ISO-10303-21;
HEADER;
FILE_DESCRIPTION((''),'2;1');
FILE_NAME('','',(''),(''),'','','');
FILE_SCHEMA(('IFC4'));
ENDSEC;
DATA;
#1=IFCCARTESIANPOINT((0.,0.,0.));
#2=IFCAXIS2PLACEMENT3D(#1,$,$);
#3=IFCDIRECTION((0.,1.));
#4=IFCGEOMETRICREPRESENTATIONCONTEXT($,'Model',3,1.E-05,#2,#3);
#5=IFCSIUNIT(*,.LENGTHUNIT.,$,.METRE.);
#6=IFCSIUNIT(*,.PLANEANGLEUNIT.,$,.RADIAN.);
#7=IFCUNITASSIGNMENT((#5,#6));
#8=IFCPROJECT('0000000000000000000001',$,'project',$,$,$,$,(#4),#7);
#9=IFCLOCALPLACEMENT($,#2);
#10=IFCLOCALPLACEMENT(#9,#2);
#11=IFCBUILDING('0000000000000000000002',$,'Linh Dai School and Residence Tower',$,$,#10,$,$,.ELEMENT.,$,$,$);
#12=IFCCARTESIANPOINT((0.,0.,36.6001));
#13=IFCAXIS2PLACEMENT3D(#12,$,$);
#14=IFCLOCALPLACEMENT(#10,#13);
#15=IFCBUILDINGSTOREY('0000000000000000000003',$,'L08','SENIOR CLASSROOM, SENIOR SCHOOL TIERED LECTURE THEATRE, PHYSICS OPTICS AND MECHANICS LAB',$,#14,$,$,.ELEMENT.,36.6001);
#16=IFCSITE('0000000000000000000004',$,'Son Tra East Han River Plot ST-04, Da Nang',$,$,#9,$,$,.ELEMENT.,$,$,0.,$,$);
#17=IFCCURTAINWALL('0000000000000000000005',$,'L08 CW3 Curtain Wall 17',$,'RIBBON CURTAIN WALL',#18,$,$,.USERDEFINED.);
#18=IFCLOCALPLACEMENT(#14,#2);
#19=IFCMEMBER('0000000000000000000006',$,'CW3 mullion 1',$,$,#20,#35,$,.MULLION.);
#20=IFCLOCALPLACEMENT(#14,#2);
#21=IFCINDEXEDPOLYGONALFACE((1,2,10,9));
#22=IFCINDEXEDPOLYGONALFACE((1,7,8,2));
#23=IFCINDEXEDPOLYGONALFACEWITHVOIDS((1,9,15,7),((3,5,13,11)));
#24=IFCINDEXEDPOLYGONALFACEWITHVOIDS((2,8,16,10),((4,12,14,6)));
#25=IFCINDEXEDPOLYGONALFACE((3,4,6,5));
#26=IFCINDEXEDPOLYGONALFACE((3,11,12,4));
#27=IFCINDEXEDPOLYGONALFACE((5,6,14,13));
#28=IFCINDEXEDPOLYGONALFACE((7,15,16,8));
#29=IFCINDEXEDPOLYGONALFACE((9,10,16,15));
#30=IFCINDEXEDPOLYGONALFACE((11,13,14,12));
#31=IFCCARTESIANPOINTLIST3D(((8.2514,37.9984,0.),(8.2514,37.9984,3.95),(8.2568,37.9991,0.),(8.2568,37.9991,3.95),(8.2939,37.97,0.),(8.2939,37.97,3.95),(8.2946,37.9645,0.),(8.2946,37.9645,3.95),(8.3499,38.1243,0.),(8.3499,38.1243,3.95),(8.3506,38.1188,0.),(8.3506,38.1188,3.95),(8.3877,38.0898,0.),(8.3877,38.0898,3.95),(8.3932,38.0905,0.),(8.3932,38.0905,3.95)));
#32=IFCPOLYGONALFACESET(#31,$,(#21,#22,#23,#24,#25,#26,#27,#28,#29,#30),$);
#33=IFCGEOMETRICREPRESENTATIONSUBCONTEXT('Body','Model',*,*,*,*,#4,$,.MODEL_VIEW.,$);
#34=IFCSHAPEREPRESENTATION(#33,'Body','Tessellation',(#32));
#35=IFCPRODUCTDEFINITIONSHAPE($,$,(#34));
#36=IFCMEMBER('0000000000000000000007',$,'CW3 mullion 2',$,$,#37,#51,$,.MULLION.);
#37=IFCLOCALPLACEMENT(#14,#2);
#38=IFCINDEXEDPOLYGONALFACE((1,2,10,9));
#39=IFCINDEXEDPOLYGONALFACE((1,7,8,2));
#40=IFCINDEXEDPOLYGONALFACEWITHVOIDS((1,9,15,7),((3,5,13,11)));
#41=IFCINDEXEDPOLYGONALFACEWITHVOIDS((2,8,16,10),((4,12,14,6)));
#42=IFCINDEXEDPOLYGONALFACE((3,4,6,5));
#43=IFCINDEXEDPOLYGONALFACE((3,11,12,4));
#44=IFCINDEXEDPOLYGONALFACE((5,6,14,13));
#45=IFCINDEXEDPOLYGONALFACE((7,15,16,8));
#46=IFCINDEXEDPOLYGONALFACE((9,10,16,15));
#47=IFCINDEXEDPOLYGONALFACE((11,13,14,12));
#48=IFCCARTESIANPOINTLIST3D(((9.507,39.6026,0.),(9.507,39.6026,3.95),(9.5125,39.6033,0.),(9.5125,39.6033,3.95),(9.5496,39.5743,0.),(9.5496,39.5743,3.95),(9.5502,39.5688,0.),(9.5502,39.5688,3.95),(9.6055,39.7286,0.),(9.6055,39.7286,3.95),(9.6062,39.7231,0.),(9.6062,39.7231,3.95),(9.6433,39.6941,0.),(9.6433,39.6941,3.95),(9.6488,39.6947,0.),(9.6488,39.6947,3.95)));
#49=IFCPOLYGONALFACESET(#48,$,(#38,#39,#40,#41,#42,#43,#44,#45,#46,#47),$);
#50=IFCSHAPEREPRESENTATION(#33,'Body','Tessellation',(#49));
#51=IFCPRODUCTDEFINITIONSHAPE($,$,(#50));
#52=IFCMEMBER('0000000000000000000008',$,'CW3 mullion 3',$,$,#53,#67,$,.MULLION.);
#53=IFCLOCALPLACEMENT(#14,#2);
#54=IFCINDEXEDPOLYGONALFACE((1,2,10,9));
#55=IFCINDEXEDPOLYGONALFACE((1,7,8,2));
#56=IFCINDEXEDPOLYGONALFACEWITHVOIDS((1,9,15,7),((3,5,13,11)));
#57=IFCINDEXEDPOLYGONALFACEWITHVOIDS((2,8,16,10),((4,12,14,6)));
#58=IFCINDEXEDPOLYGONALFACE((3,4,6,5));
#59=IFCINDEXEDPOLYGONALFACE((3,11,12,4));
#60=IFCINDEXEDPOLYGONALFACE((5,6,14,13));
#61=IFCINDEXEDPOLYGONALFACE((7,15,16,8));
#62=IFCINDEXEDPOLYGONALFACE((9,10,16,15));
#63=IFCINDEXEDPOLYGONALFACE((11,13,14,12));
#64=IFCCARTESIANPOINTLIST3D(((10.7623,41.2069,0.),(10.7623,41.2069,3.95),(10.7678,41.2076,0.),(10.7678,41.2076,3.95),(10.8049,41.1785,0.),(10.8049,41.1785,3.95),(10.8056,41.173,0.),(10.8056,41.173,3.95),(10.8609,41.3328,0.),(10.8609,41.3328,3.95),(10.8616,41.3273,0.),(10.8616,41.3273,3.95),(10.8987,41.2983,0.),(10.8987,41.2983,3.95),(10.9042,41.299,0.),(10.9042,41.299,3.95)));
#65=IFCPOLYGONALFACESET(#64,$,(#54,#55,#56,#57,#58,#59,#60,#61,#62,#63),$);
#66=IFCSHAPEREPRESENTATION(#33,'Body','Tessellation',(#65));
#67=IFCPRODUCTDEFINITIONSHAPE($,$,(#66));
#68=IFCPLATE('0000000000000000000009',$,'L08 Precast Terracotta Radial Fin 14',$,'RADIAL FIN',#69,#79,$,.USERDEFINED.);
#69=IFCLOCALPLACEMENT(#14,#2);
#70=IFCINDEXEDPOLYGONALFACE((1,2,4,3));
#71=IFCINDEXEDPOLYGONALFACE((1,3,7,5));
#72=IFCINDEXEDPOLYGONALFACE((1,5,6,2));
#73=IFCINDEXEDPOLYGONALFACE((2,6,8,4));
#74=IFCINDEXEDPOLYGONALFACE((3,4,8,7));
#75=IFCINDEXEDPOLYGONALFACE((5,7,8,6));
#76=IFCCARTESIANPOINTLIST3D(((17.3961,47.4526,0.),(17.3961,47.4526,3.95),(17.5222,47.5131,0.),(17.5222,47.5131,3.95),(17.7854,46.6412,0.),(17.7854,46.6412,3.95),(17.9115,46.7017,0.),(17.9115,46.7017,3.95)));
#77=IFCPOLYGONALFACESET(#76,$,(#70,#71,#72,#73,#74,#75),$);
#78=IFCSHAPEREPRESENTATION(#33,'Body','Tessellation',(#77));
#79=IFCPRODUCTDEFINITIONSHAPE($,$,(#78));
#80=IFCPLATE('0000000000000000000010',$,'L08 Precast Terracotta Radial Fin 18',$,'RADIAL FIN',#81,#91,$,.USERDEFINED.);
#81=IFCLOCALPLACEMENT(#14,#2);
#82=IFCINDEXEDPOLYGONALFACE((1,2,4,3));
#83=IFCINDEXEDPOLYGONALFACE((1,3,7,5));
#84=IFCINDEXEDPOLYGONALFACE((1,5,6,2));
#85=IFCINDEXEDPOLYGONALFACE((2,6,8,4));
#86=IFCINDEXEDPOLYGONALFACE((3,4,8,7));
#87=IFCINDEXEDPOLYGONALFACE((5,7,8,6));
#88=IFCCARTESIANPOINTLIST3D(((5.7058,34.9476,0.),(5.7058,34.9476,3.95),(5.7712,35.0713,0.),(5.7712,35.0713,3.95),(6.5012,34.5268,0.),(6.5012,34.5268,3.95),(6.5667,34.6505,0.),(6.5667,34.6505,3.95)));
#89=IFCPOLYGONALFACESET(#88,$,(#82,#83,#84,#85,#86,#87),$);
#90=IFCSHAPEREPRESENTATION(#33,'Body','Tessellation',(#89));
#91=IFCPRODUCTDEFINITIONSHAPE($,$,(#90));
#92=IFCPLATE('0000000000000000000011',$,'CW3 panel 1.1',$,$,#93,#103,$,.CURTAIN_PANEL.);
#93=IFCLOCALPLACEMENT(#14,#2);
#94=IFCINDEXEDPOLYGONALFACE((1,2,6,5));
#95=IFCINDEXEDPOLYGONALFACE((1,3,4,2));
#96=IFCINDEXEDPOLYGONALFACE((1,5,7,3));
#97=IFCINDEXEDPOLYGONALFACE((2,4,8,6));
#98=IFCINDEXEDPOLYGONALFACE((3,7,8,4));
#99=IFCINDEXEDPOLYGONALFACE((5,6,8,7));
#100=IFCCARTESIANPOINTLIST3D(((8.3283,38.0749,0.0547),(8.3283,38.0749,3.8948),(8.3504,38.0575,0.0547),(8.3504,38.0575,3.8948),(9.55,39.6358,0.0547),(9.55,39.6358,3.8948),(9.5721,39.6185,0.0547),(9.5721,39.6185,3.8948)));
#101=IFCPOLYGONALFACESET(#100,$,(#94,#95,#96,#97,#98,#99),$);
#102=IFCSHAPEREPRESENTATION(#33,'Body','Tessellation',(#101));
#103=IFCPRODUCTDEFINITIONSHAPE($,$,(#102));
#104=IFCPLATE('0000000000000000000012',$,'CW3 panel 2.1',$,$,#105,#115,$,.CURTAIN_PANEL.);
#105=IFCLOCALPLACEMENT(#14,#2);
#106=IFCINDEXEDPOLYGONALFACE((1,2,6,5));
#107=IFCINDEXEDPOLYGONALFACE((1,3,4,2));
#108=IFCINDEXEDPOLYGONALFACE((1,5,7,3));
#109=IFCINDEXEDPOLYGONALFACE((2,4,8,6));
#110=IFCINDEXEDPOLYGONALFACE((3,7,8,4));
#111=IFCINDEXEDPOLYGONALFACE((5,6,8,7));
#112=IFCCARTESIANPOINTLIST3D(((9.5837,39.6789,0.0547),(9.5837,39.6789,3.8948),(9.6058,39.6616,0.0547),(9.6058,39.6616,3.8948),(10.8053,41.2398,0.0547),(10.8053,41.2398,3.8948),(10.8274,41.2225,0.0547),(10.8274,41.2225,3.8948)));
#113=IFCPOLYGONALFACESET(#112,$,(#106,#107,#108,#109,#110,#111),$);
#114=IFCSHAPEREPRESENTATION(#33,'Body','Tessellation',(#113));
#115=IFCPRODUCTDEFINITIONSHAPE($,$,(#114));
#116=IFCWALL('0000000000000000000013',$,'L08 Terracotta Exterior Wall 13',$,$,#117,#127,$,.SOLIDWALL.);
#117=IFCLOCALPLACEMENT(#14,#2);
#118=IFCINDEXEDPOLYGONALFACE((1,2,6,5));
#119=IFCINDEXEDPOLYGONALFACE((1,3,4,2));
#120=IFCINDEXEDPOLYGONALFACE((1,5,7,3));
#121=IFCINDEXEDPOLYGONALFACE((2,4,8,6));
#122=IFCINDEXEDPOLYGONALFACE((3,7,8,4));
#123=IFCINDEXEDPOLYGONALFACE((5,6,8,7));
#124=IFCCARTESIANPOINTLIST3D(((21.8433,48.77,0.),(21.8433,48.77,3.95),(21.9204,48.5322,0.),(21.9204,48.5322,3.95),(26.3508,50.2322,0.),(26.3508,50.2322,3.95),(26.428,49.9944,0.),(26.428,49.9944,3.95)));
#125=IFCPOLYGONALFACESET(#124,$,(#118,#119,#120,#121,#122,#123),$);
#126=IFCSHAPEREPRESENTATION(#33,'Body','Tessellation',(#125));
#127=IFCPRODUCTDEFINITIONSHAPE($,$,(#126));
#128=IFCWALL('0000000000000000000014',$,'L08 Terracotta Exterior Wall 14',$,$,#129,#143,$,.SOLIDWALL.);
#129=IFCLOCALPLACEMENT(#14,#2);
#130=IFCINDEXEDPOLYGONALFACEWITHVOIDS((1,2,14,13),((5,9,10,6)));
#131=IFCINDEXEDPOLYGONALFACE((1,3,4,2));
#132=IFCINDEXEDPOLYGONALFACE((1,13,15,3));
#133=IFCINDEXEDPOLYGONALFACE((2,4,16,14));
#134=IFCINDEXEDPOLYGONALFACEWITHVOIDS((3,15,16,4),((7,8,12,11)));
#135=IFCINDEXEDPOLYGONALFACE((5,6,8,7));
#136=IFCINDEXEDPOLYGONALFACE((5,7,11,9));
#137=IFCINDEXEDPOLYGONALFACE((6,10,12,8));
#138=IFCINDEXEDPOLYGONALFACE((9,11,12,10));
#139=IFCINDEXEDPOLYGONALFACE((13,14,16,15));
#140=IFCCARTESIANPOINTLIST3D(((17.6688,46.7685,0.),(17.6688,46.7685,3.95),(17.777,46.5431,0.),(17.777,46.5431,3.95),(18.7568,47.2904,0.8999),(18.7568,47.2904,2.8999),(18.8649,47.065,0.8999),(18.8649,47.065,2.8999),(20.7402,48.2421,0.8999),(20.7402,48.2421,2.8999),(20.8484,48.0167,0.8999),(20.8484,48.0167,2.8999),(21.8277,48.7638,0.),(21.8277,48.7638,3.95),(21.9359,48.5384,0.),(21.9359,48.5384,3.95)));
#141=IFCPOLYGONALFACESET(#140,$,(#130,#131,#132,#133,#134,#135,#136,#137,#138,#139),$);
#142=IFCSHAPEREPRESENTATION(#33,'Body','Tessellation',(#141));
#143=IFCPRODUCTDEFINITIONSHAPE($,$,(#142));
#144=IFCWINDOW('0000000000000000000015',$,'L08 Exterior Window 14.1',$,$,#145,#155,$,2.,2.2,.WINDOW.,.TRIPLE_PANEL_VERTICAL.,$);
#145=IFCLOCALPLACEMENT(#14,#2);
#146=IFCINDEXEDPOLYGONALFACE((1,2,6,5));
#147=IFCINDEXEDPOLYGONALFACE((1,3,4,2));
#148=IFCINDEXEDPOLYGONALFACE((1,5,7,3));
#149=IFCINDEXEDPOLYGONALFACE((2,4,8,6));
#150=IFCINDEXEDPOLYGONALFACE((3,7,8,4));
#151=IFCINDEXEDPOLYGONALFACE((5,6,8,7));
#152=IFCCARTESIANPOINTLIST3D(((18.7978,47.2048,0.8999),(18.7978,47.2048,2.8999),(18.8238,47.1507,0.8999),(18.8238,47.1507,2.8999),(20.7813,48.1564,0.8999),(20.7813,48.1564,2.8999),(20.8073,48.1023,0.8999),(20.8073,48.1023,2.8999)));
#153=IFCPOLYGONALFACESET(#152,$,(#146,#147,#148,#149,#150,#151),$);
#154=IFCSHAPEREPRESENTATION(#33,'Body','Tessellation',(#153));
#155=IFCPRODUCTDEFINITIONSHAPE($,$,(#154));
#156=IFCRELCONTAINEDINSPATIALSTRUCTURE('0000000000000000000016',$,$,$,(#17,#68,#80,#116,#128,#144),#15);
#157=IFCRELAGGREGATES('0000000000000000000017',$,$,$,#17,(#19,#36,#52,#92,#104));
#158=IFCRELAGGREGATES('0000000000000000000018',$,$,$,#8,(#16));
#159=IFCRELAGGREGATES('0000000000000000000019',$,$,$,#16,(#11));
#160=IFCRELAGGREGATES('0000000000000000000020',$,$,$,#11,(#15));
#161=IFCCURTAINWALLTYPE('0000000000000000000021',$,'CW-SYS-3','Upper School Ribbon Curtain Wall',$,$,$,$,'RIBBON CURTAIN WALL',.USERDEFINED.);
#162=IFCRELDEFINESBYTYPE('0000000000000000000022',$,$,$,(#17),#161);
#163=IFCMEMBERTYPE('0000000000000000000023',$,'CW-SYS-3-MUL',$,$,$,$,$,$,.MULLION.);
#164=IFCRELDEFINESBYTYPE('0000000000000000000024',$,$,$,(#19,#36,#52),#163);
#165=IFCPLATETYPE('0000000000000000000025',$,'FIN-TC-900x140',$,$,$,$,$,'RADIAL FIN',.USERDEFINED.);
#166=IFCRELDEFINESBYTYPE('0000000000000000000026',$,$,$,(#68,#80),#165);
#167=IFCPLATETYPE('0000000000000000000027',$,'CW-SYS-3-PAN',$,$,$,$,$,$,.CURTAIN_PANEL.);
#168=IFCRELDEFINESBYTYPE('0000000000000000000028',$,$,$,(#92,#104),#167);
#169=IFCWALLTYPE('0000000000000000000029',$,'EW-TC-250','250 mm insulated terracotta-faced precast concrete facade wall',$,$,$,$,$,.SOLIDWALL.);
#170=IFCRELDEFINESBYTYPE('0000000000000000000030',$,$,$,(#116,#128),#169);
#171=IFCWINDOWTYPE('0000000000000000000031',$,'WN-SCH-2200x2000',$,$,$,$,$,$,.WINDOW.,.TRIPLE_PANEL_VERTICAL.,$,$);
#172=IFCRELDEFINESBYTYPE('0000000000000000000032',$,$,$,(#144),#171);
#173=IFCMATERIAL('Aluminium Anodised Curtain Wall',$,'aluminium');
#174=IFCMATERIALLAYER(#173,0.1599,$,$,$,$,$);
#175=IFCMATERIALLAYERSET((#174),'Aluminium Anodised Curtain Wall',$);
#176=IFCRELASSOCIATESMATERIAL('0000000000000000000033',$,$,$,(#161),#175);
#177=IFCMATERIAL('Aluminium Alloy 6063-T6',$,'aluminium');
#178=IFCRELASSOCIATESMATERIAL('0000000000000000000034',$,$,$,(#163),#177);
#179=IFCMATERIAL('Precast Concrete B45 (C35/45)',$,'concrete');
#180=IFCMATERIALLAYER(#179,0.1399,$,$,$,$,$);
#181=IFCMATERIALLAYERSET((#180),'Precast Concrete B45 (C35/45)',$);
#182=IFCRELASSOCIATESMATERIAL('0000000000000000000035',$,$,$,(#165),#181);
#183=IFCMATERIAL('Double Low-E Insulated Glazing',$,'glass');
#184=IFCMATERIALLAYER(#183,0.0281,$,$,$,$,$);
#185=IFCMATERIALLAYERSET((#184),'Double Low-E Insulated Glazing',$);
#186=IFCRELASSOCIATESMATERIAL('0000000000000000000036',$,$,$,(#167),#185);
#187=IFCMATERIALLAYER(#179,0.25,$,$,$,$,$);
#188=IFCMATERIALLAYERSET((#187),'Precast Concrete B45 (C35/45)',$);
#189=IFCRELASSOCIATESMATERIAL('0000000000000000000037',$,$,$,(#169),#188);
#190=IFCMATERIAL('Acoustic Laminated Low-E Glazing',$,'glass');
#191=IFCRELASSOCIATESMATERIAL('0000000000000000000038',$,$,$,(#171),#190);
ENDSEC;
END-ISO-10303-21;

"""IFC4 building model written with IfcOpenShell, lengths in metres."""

from ifc_helpers import new_model, si_unit, direction, frame, frame_2d, origin, origin_2d, place, context, subcontext, project, spatial, rectangle, hollow_rectangle, extrude, source, transform, mapped, material, layer, layer_set, material_profile, profile_set, type_object, element, fill, aggregate, save


model = new_model("IFC4")

# Units and contexts
model_context = context("Model", 3, precision=1e-05, world=origin(), true_north=direction((0.0, 1.0)))
body_context = subcontext(model_context, "Body", "Model", "MODEL_VIEW")
ifc_project = project(units=[si_unit("LENGTHUNIT", "METRE"), si_unit("PLANEANGLEUNIT", "RADIAN")], contexts=[model_context])

# Site, building, storey
site_placement = place(None, origin())
site = spatial("IfcSite", under=ifc_project, at=site_placement, Name="Son Tra East Han River Plot ST-04, Da Nang", CompositionType="ELEMENT", RefElevation=0.0)
building_placement = place(site_placement, origin())
building = spatial("IfcBuilding", under=site, at=building_placement, Name="Linh Dai School and Residence Tower", CompositionType="ELEMENT")
storey_placement = place(building_placement, frame((0.0, 0.0, 36.6001)))
storey = spatial("IfcBuildingStorey", under=building, at=storey_placement, Name="L08", Description="SENIOR CLASSROOM, SENIOR SCHOOL TIERED LECTURE THEATRE, PHYSICS OPTICS AND MECHANICS LAB", CompositionType="ELEMENT", Elevation=36.6001)

# Curtain wall, members
ifc_material_1 = material(Name="Aluminium Anodised Curtain Wall", Category="aluminium")
ifc_layer_1 = layer(ifc_material_1, 0.1599)
ifc_layer_set_1 = layer_set([ifc_layer_1], Name="Aluminium Anodised Curtain Wall")
curtain_wall_type = type_object("IfcCurtainWallType", Name="CW-SYS-3", Description="Upper School Ribbon Curtain Wall", ElementType="RIBBON CURTAIN WALL", PredefinedType="USERDEFINED", material=ifc_layer_set_1)
curtain_wall_placement = place(storey_placement, origin())
curtain_wall = element("IfcCurtainWall", 1, at=curtain_wall_placement, inside=storey, type_object=curtain_wall_type, Name="L08 CW3 Curtain Wall 17", ObjectType="RIBBON CURTAIN WALL", PredefinedType="USERDEFINED")
ifc_material_2 = material(Name="Aluminium Alloy 6063-T6", Category="aluminium")
ifc_material_profile_1 = material_profile(ifc_material_2, hollow_rectangle(XDim=0.0549, YDim=0.1599, WallThickness=0.0039, at=origin_2d()), Name="RHS 160x55x4")
ifc_profile_set_1 = profile_set([ifc_material_profile_1], Name="Aluminium Alloy 6063-T6")
member_type_1 = type_object("IfcMemberType", Name="CW-SYS-3-MUL", PredefinedType="MULLION", material=ifc_profile_set_1)
shared_shape_1 = source(origin(), body_context, "Body", "SweptSolid", [
    extrude(hollow_rectangle(XDim=0.0549, YDim=0.1599, WallThickness=0.0039, at=origin_2d()), origin(), (0.0, 0.0, 1.0), 3.95),
])
member_1_placement = place(storey_placement, frame((8.3223, 38.0444, 0.0), z_axis=(0.0, 0.0, 1.0), x_axis=(-0.787496, 0.616319, 0.0)))
member_1 = element("IfcMember", 2, at=member_1_placement, type_object=member_type_1, Name="CW3 mullion 1", PredefinedType="MULLION", context=body_context, shape_type="MappedRepresentation", body=[
    mapped(shared_shape_1, transform((0.0, 0.0, 0.0), x_axis=(1.0, 0.0, 0.0), y_axis=(0.0, 1.0, 0.0), z_axis=(0.0, 0.0, 1.0), scale=1.0)),
])
member_2_placement = place(storey_placement, frame((9.5779, 39.6487, 0.0), z_axis=(0.0, 0.0, 1.0), x_axis=(-0.787496, 0.616319, 0.0)))
member_2 = element("IfcMember", 3, at=member_2_placement, type_object=member_type_1, Name="CW3 mullion 2", PredefinedType="MULLION", context=body_context, shape_type="MappedRepresentation", body=[
    mapped(shared_shape_1, transform((0.0, 0.0, 0.0), x_axis=(1.0, 0.0, 0.0), y_axis=(0.0, 1.0, 0.0), z_axis=(0.0, 0.0, 1.0), scale=1.0)),
])
member_3_placement = place(storey_placement, frame((10.8333, 41.2529, 0.0), z_axis=(0.0, 0.0, 1.0), x_axis=(-0.787496, 0.616319, 0.0)))
member_3 = element("IfcMember", 4, at=member_3_placement, type_object=member_type_1, Name="CW3 mullion 3", PredefinedType="MULLION", context=body_context, shape_type="MappedRepresentation", body=[
    mapped(shared_shape_1, transform((0.0, 0.0, 0.0), x_axis=(1.0, 0.0, 0.0), y_axis=(0.0, 1.0, 0.0), z_axis=(0.0, 0.0, 1.0), scale=1.0)),
])

# Plates
ifc_material_3 = material(Name="Precast Concrete B45 (C35/45)", Category="concrete")
ifc_layer_2 = layer(ifc_material_3, 0.1399)
ifc_layer_set_2 = layer_set([ifc_layer_2], Name="Precast Concrete B45 (C35/45)")
plate_type_1 = type_object("IfcPlateType", Name="FIN-TC-900x140", ElementType="RADIAL FIN", PredefinedType="USERDEFINED", material=ifc_layer_set_2)
shared_shape_2 = source(origin(), body_context, "Body", "SweptSolid", [
    extrude(rectangle(XDim=0.8999, YDim=0.1399, at=origin_2d()), origin(), (0.0, 0.0, 1.0), 3.95),
])
for number, where, z_axis, x_axis, name in (
    (5, (17.6538, 47.0771, 0.0), (0.0, 0.0, 1.0), (-0.432603, 0.901585, 0.0), "L08 Precast Terracotta Radial Fin 14"),
    (6, (6.1362, 34.7991, 0.0), (0.0, 0.0, 1.0), (-0.883934, 0.467612, 0.0), "L08 Precast Terracotta Radial Fin 18"),
):
    element("IfcPlate", number, at=place(storey_placement, frame(where, z_axis=z_axis, x_axis=x_axis)), inside=storey, type_object=plate_type_1, Name=name, ObjectType="RADIAL FIN", PredefinedType="USERDEFINED", context=body_context, shape_type="MappedRepresentation", body=[
        mapped(shared_shape_2, transform((0.0, 0.0, 0.0), x_axis=(1.0, 0.0, 0.0), y_axis=(0.0, 1.0, 0.0), z_axis=(0.0, 0.0, 1.0), scale=1.0)),
    ])

# Plates
ifc_material_4 = material(Name="Double Low-E Insulated Glazing", Category="glass")
ifc_layer_3 = layer(ifc_material_4, 0.0281)
ifc_layer_set_3 = layer_set([ifc_layer_3], Name="Double Low-E Insulated Glazing")
plate_type_2 = type_object("IfcPlateType", Name="CW-SYS-3-PAN", PredefinedType="CURTAIN_PANEL", material=ifc_layer_set_3)
shared_shape_3 = source(origin(), body_context, "Body", "SweptSolid", [
    extrude(rectangle(XDim=1.9822, YDim=0.0281, at=origin_2d()), origin(), (0.0, 0.0, 1.0), 3.8401),
])
plate_1_placement = place(storey_placement, frame((8.9502, 38.8467, 0.0547), z_axis=(0.0, 0.0, 1.0), x_axis=(0.616319, 0.787496, 0.0)))
plate_1 = element("IfcPlate", 7, at=plate_1_placement, type_object=plate_type_2, Name="CW3 panel 1.1", PredefinedType="CURTAIN_PANEL", context=body_context, shape_type="MappedRepresentation", body=[
    mapped(shared_shape_3, transform((0.0, 0.0, 0.0), x_axis=(1.0, 0.0, 0.0), y_axis=(0.0, 1.0, 0.0), z_axis=(0.0, 0.0, 1.0), scale=1.0)),
])
plate_2_placement = place(storey_placement, frame((10.2056, 40.4507, 0.0547), z_axis=(0.0, 0.0, 1.0), x_axis=(0.616319, 0.787496, 0.0)))
plate_2 = element("IfcPlate", 8, at=plate_2_placement, type_object=plate_type_2, Name="CW3 panel 2.1", PredefinedType="CURTAIN_PANEL", context=body_context, shape_type="MappedRepresentation", body=[
    mapped(shared_shape_3, transform((0.0, 0.0, 0.0), x_axis=(1.0, 0.0, 0.0), y_axis=(0.0, 1.0, 0.0), z_axis=(0.0, 0.0, 1.0), scale=1.0)),
])
aggregate(curtain_wall, [member_1, member_2, member_3, plate_1, plate_2])

# Wall
ifc_layer_4 = layer(ifc_material_3, 0.25)
ifc_layer_set_4 = layer_set([ifc_layer_4], Name="Precast Concrete B45 (C35/45)")
wall_type = type_object("IfcWallType", Name="EW-TC-250", Description="250 mm insulated terracotta-faced precast concrete facade wall", PredefinedType="SOLIDWALL", material=ifc_layer_set_4)
wall_1_placement = place(storey_placement, frame((21.8818, 48.6511, 0.0), z_axis=(0.0, 0.0, 1.0), x_axis=(0.951208, 0.308551, 0.0)))
element("IfcWall", 9, at=wall_1_placement, inside=storey, type_object=wall_type, Name="L08 Terracotta Exterior Wall 13", PredefinedType="SOLIDWALL", context=body_context, shape_type="SweptSolid", body=[
    extrude(rectangle(XDim=4.7388, YDim=0.25, at=frame_2d((2.3694, 0.0))), origin(), (0.0, 0.0, 1.0), 3.95),
])

# Wall, opening, window
wall_2_placement = place(storey_placement, frame((17.7229, 46.6558, 0.0), z_axis=(0.0, 0.0, 1.0), x_axis=(0.901602, 0.432568, 0.0)))
wall_2 = element("IfcWall", 10, at=wall_2_placement, inside=storey, type_object=wall_type, Name="L08 Terracotta Exterior Wall 14", PredefinedType="SOLIDWALL", context=body_context, shape_type="SweptSolid", body=[
    extrude(rectangle(XDim=4.6128, YDim=0.25, at=frame_2d((2.3064, 0.0))), origin(), (0.0, 0.0, 1.0), 3.95),
])
opening_1_placement = place(wall_2_placement, frame((1.2065, 0.0, 0.8999)))
opening_1 = element("IfcOpeningElement", 11, at=opening_1_placement, cuts=wall_2, PredefinedType="OPENING", context=body_context, shape_type="SweptSolid", body=[
    extrude(rectangle(XDim=2.2, YDim=2.0, at=origin_2d()), frame((1.1001, 0.135, 1.0), z_axis=(0.0, -1.0, 0.0), x_axis=(1.0, 0.0, 0.0)), (0.0, 0.0, 1.0), 0.27),
])
ifc_material_5 = material(Name="Acoustic Laminated Low-E Glazing", Category="glass")
window_type = type_object("IfcWindowType", Name="WN-SCH-2200x2000", PartitioningType="TRIPLE_PANEL_VERTICAL", PredefinedType="WINDOW", material=ifc_material_5)
shared_shape_4 = source(origin(), body_context, "Body", "SweptSolid", [
    extrude(rectangle(XDim=2.2, YDim=2.0, at=origin_2d()), frame((1.1001, 0.03, 1.0), z_axis=(0.0, -1.0, 0.0), x_axis=(1.0, 0.0, 0.0)), (0.0, 0.0, 1.0), 0.0601),
])
window_1_placement = place(opening_1_placement, origin())
window_1 = element("IfcWindow", 12, at=window_1_placement, inside=storey, type_object=window_type, Name="L08 Exterior Window 14.1", OverallHeight=2.0, OverallWidth=2.2, PartitioningType="TRIPLE_PANEL_VERTICAL", PredefinedType="WINDOW", context=body_context, shape_type="MappedRepresentation", body=[
    mapped(shared_shape_4, transform((0.0, 0.0, 0.0), x_axis=(1.0, 0.0, 0.0), y_axis=(0.0, 1.0, 0.0), z_axis=(0.0, 0.0, 1.0), scale=1.0)),
])
fill(opening_1, window_1)

save(model, "model.ifc")
